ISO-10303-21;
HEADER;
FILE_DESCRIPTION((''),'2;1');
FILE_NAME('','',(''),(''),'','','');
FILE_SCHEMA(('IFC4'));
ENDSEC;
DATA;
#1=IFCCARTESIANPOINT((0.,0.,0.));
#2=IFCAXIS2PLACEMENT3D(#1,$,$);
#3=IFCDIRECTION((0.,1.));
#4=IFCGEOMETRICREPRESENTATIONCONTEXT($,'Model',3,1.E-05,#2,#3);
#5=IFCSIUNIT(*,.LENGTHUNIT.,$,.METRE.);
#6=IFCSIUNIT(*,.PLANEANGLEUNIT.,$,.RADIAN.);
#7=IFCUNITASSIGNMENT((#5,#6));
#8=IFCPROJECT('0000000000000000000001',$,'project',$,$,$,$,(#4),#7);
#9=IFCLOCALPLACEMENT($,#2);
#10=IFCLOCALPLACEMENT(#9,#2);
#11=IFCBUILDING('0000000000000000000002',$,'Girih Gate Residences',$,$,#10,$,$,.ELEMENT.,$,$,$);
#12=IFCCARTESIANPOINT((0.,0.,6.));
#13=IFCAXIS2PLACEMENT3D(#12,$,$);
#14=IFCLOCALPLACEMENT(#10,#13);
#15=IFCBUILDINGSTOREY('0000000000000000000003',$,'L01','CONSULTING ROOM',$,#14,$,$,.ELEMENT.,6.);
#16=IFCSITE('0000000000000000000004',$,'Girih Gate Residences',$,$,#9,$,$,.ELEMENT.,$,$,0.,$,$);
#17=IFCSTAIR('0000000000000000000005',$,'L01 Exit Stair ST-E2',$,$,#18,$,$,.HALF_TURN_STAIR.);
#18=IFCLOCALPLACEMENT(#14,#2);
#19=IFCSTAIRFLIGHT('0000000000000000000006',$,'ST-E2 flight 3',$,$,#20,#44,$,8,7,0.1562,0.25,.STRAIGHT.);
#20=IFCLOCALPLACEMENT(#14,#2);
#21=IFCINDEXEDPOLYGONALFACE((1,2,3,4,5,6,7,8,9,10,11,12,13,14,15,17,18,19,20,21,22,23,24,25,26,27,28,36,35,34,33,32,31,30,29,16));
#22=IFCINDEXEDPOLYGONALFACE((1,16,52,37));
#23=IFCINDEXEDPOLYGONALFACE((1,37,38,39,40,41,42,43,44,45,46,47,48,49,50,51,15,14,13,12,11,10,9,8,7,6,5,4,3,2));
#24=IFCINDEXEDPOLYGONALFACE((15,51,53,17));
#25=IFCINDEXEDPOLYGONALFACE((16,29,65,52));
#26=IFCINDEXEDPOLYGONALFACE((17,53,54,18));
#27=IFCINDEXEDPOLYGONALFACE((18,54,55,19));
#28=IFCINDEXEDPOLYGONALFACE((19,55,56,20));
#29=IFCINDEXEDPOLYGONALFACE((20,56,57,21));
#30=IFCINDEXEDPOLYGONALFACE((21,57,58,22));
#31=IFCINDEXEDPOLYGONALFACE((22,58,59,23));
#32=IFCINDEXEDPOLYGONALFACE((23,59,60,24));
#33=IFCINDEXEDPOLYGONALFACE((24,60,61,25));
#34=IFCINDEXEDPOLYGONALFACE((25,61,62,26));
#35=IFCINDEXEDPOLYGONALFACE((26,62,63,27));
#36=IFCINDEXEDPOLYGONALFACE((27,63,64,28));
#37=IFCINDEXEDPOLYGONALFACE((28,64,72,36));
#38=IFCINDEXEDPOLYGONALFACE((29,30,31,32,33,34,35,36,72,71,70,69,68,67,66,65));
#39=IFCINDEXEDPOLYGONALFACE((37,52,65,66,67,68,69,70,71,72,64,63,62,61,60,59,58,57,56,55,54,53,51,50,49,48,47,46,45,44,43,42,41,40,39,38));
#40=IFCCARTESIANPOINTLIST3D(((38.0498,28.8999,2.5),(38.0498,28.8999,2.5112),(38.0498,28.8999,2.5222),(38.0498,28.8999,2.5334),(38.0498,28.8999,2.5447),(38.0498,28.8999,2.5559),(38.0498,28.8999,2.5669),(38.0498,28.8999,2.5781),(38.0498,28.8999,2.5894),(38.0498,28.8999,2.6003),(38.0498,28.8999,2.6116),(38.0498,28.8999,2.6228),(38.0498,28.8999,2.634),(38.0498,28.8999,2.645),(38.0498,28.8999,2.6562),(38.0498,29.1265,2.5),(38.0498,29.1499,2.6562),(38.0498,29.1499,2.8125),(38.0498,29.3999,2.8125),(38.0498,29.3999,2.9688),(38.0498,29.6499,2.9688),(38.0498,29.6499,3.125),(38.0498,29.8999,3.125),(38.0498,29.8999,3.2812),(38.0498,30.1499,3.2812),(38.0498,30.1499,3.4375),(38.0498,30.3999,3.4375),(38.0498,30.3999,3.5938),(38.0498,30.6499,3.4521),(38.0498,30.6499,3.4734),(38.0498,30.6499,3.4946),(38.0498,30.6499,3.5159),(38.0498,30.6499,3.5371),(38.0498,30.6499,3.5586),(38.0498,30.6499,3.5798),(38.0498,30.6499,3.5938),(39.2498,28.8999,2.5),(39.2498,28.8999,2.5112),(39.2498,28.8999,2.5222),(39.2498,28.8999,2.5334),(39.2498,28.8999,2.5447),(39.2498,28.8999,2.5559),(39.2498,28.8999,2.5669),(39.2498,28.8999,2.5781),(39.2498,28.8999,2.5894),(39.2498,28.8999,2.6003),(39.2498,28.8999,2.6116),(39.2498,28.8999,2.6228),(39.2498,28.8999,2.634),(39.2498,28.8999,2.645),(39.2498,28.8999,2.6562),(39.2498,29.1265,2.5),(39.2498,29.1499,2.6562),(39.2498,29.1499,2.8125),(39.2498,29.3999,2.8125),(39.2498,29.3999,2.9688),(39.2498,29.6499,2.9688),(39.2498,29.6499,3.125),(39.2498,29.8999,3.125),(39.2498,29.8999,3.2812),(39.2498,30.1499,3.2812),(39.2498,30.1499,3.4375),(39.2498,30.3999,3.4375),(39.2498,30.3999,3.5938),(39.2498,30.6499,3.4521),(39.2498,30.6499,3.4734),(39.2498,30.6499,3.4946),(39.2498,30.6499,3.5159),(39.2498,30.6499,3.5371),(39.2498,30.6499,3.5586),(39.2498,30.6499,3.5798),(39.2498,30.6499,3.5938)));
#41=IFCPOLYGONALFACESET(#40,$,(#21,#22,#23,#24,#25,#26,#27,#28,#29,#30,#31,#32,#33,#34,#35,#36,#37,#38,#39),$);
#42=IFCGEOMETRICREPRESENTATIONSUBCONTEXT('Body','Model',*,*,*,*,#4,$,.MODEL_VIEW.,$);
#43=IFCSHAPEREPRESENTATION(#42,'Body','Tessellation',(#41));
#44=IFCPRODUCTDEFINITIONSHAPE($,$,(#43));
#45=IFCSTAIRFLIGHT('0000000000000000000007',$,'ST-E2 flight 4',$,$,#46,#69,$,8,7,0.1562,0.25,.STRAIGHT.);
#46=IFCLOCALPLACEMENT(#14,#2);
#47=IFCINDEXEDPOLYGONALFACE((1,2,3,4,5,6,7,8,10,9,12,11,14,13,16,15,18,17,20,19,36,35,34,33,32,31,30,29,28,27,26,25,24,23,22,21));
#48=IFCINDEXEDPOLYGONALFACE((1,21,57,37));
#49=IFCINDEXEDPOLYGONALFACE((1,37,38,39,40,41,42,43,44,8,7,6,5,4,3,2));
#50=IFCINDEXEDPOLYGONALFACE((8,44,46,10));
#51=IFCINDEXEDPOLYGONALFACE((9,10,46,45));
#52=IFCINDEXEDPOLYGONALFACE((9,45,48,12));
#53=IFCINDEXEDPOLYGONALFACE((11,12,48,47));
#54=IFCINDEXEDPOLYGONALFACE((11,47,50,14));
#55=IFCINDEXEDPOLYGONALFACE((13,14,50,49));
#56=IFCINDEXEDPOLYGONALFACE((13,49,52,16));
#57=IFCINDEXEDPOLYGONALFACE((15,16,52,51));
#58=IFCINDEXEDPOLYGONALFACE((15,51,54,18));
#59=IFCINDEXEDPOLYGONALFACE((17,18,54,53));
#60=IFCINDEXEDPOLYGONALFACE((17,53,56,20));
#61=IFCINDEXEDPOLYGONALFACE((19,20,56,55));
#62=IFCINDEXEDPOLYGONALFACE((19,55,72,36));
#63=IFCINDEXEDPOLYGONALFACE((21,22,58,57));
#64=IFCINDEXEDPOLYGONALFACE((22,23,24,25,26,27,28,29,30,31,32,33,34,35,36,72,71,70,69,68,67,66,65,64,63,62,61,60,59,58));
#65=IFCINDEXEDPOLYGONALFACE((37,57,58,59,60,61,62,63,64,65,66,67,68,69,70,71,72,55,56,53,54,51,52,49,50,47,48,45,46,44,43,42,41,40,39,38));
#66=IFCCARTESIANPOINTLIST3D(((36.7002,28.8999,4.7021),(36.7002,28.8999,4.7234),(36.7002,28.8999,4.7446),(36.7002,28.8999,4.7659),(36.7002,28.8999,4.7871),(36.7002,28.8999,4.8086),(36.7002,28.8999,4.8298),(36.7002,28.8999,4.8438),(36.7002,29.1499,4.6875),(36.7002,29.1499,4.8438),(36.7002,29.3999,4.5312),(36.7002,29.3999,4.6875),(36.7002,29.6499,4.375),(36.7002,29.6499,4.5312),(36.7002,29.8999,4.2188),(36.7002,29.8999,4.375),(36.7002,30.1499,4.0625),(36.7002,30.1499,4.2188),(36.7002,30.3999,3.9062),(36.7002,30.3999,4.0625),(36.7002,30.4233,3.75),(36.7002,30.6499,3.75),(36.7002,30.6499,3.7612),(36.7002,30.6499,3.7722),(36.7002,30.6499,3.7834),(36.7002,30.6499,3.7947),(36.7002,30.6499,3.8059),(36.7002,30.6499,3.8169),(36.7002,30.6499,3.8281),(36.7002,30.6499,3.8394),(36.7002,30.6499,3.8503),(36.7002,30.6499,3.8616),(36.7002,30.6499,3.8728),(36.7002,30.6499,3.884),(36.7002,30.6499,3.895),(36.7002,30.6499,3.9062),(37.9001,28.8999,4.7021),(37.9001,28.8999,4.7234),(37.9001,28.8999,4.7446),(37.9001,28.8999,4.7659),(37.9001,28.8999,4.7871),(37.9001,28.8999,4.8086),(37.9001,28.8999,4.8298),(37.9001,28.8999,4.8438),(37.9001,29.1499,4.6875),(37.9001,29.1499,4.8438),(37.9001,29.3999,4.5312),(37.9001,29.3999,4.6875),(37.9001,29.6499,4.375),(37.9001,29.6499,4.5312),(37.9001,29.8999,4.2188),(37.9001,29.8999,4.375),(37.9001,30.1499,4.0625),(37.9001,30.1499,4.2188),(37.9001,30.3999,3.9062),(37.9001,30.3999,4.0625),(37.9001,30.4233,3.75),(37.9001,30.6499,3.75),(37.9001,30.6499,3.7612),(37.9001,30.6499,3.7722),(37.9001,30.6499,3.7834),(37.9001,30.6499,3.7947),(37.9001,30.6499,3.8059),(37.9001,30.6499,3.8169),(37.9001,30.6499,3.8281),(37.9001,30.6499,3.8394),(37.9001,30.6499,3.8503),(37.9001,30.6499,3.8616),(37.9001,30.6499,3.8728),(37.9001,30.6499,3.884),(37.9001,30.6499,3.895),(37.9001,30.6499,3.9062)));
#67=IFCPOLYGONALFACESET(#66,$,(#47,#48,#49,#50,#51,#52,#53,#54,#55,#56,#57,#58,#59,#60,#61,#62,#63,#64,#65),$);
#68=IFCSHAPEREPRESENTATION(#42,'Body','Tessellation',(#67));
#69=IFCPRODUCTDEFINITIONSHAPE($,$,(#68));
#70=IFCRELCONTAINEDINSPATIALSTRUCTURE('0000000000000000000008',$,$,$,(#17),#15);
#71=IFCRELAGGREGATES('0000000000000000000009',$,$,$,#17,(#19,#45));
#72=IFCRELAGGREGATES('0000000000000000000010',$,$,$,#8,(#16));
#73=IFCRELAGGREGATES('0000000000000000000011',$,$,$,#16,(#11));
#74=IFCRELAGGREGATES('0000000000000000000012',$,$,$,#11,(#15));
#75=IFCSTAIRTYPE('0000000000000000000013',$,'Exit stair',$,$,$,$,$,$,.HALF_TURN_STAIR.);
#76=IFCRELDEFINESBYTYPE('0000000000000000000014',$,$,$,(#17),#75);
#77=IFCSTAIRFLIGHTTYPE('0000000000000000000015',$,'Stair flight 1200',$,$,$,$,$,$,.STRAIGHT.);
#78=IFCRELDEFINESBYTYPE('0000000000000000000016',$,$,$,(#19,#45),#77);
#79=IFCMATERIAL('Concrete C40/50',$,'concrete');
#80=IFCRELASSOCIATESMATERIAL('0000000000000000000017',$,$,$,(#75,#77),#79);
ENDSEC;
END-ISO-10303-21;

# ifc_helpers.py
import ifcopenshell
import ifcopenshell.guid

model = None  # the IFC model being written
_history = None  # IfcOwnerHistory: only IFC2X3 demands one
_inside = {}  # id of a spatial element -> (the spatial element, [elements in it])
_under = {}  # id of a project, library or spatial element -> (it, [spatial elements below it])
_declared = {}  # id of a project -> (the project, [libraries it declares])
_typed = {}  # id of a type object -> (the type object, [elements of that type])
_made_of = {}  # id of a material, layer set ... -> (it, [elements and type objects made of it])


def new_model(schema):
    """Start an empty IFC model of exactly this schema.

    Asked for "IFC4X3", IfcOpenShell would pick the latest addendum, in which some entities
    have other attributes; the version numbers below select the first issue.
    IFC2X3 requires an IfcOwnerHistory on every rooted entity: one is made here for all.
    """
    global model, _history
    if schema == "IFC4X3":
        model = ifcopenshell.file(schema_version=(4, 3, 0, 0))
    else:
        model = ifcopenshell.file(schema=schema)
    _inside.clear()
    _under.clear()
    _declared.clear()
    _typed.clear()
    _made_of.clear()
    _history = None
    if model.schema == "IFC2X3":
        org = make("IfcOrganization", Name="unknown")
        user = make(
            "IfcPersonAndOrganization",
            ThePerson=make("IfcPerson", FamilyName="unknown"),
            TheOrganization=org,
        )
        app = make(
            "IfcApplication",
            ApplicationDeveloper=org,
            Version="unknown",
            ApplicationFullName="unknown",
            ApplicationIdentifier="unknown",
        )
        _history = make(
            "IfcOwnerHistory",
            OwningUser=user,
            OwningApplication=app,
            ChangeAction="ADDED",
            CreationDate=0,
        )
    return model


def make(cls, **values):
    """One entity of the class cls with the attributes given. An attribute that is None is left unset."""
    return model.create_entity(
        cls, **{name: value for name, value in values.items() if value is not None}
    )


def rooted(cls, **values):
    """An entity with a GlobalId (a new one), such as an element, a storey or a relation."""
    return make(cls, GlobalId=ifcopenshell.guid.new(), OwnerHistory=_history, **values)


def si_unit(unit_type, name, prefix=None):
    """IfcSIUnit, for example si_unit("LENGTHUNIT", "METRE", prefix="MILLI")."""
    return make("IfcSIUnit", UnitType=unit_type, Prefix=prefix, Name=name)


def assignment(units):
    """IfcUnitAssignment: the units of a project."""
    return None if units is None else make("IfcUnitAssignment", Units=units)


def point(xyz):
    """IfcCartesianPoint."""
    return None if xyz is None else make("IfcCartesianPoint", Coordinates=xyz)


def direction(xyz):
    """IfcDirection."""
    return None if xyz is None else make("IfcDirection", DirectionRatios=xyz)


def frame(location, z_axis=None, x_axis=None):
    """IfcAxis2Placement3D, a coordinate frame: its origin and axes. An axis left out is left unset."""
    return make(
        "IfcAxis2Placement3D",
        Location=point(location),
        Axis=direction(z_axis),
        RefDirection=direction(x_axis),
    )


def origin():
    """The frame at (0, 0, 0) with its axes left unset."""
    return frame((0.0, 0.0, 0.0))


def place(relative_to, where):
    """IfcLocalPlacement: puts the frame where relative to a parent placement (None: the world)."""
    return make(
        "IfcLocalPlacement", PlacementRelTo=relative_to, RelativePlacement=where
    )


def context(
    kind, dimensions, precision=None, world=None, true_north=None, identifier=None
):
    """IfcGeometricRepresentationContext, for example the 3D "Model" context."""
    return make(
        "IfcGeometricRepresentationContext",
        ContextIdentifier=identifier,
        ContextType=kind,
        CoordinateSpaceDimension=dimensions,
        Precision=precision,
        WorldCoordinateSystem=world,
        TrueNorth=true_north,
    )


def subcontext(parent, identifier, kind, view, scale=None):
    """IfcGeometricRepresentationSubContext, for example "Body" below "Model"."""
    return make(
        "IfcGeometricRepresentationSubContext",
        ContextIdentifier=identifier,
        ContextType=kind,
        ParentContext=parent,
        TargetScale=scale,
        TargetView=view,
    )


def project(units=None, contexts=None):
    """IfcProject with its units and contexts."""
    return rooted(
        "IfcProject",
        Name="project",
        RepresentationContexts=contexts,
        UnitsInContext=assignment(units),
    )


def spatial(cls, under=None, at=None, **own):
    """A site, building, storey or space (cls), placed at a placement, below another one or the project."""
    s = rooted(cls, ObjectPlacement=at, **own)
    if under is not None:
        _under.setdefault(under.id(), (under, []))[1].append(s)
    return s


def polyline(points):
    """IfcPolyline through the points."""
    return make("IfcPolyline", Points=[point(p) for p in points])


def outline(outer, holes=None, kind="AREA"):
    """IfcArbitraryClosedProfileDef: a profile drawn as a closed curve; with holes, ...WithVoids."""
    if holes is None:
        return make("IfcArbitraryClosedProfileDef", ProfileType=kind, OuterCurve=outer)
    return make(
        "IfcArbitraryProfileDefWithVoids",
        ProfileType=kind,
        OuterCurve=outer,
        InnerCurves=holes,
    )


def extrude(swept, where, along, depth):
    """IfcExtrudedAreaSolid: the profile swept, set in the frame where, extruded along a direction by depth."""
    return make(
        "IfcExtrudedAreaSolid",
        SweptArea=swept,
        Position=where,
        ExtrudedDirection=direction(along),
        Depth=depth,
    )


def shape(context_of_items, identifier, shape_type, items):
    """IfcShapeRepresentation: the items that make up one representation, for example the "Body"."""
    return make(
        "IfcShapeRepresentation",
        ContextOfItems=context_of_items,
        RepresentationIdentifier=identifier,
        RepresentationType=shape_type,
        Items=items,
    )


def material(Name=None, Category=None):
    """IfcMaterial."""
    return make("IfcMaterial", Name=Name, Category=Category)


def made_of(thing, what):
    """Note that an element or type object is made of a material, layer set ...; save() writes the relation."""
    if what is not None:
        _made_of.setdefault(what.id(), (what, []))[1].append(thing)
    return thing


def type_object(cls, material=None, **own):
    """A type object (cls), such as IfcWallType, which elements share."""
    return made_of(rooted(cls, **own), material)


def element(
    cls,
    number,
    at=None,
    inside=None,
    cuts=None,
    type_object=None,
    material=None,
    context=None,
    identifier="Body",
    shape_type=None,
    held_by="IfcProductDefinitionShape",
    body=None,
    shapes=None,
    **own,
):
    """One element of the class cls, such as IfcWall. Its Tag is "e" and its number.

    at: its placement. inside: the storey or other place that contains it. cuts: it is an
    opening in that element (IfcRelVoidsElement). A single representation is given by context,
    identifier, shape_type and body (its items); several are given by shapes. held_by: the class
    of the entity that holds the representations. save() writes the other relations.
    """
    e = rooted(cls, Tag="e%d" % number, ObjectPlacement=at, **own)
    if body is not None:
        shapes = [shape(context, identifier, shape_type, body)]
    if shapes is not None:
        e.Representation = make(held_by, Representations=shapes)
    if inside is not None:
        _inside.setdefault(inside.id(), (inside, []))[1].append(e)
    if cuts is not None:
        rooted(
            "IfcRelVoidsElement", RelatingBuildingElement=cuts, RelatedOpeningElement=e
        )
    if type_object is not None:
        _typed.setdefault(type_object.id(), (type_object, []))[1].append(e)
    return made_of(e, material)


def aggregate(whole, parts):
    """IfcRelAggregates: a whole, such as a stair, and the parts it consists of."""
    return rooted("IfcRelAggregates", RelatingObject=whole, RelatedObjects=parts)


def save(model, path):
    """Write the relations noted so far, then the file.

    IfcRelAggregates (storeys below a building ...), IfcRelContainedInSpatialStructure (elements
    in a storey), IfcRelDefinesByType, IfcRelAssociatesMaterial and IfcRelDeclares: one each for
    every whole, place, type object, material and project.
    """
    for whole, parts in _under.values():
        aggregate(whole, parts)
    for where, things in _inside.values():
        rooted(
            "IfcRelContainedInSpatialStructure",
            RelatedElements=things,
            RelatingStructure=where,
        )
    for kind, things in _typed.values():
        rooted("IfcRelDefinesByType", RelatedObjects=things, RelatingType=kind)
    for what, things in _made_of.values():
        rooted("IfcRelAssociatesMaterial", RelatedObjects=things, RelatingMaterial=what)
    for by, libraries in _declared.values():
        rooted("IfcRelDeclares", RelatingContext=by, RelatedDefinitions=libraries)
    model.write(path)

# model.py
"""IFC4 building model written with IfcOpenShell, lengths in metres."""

from ifc_helpers import new_model, si_unit, direction, frame, origin, place, context, subcontext, project, spatial, polyline, outline, extrude, material, type_object, element, aggregate, save


model = new_model("IFC4")

# Units and contexts
model_context = context("Model", 3, precision=1e-05, world=origin(), true_north=direction((0.0, 1.0)))
body_context = subcontext(model_context, "Body", "Model", "MODEL_VIEW")
ifc_project = project(units=[si_unit("LENGTHUNIT", "METRE"), si_unit("PLANEANGLEUNIT", "RADIAN")], contexts=[model_context])

# Site, building, storey
site_placement = place(None, origin())
site = spatial("IfcSite", under=ifc_project, at=site_placement, Name="Girih Gate Residences", CompositionType="ELEMENT", RefElevation=0.0)
building_placement = place(site_placement, origin())
building = spatial("IfcBuilding", under=site, at=building_placement, Name="Girih Gate Residences", CompositionType="ELEMENT")
storey_placement = place(building_placement, frame((0.0, 0.0, 6.0)))
storey = spatial("IfcBuildingStorey", under=building, at=storey_placement, Name="L01", Description="CONSULTING ROOM", CompositionType="ELEMENT", Elevation=6.0)

# Shared definitions
ifc_material_1 = material(Name="Concrete C40/50", Category="concrete")

# Stair, stair flights
stair_type = type_object("IfcStairType", Name="Exit stair", PredefinedType="HALF_TURN_STAIR", material=ifc_material_1)
stair_flight_type = type_object("IfcStairFlightType", Name="Stair flight 1200", PredefinedType="STRAIGHT", material=ifc_material_1)
stair_1_placement = place(storey_placement, origin())
stair_1 = element("IfcStair", 1, at=stair_1_placement, inside=storey, type_object=stair_type, Name="L01 Exit Stair ST-E2", PredefinedType="HALF_TURN_STAIR")
stair_flight_1_placement = place(storey_placement, frame((38.6499, 28.8999, 2.5), z_axis=(0.0, 0.0, 1.0), x_axis=(0.0, 1.0, 0.0)))
stair_flight_1 = element("IfcStairFlight", 2, at=stair_flight_1_placement, type_object=stair_flight_type, Name="ST-E2 flight 3", NumberOfRisers=8, NumberOfTreads=7, PredefinedType="STRAIGHT", RiserHeight=0.1562, TreadLength=0.25, context=body_context, shape_type="SweptSolid", body=[
    extrude(outline(polyline([(0.0, 0.0), (0.0, 0.0112), (0.0, 0.0222), (0.0, 0.0334), (0.0, 0.0447), (0.0, 0.0559), (0.0, 0.0669), (0.0, 0.0781), (0.0, 0.0894), (0.0, 0.1003), (0.0, 0.1116), (0.0, 0.1228), (0.0, 0.134), (0.0, 0.145), (0.0, 0.1562), (0.25, 0.1562), (0.25, 0.3125), (0.5, 0.3125), (0.5, 0.4688), (0.75, 0.4688), (0.75, 0.625), (1.0, 0.625), (1.0, 0.7812), (1.25, 0.7812), (1.25, 0.9375), (1.5, 0.9375), (1.5, 1.0938), (1.75, 1.0938), (1.75, 1.105), (1.75, 1.116), (1.75, 1.1272), (1.75, 1.1384), (1.75, 1.1497), (1.75, 1.1606), (1.75, 1.1719), (1.75, 1.1831), (1.75, 1.1941), (1.75, 1.2053), (1.75, 1.2166), (1.75, 1.2278), (1.75, 1.2388), (1.75, 1.25), (1.75, 1.2288), (1.75, 1.2075), (1.75, 1.1863), (1.75, 1.1648), (1.75, 1.1436), (1.75, 1.1223), (1.75, 1.1011), (1.75, 1.0798), (1.75, 1.0586), (1.75, 1.0371), (1.75, 1.0159), (1.75, 0.9946), (1.75, 0.9734), (1.75, 0.9521), (0.2266, 0.0), (0.0, 0.0)])), frame((0.0, 0.6001, 0.0), z_axis=(0.0, -1.0, 0.0), x_axis=(1.0, 0.0, 0.0)), (0.0, 0.0, 1.0), 1.2),
])
stair_flight_2_placement = place(storey_placement, frame((37.3, 30.6499, 3.75), z_axis=(0.0, 0.0, 1.0), x_axis=(0.0, -1.0, 0.0)))
stair_flight_2 = element("IfcStairFlight", 3, at=stair_flight_2_placement, type_object=stair_flight_type, Name="ST-E2 flight 4", NumberOfRisers=8, NumberOfTreads=7, PredefinedType="STRAIGHT", RiserHeight=0.1562, TreadLength=0.25, context=body_context, shape_type="SweptSolid", body=[
    extrude(outline(polyline([(0.0, 0.0), (0.0, 0.0112), (0.0, 0.0222), (0.0, 0.0334), (0.0, 0.0447), (0.0, 0.0559), (0.0, 0.0669), (0.0, 0.0781), (0.0, 0.0894), (0.0, 0.1003), (0.0, 0.1116), (0.0, 0.1228), (0.0, 0.134), (0.0, 0.145), (0.0, 0.1562), (0.25, 0.1562), (0.25, 0.3125), (0.5, 0.3125), (0.5, 0.4688), (0.75, 0.4688), (0.75, 0.625), (1.0, 0.625), (1.0, 0.7812), (1.25, 0.7812), (1.25, 0.9375), (1.5, 0.9375), (1.5, 1.0938), (1.75, 1.0938), (1.75, 1.105), (1.75, 1.116), (1.75, 1.1272), (1.75, 1.1384), (1.75, 1.1497), (1.75, 1.1606), (1.75, 1.1719), (1.75, 1.1831), (1.75, 1.1941), (1.75, 1.2053), (1.75, 1.2166), (1.75, 1.2278), (1.75, 1.2388), (1.75, 1.25), (1.75, 1.2288), (1.75, 1.2075), (1.75, 1.1863), (1.75, 1.1648), (1.75, 1.1436), (1.75, 1.1223), (1.75, 1.1011), (1.75, 1.0798), (1.75, 1.0586), (1.75, 1.0371), (1.75, 1.0159), (1.75, 0.9946), (1.75, 0.9734), (1.75, 0.9521), (0.2266, 0.0), (0.0, 0.0)])), frame((0.0, 0.6001, 0.0), z_axis=(0.0, -1.0, 0.0), x_axis=(1.0, 0.0, 0.0)), (0.0, 0.0, 1.0), 1.2),
])
aggregate(stair_1, [stair_flight_1, stair_flight_2])

save(model, "model.ifc")
